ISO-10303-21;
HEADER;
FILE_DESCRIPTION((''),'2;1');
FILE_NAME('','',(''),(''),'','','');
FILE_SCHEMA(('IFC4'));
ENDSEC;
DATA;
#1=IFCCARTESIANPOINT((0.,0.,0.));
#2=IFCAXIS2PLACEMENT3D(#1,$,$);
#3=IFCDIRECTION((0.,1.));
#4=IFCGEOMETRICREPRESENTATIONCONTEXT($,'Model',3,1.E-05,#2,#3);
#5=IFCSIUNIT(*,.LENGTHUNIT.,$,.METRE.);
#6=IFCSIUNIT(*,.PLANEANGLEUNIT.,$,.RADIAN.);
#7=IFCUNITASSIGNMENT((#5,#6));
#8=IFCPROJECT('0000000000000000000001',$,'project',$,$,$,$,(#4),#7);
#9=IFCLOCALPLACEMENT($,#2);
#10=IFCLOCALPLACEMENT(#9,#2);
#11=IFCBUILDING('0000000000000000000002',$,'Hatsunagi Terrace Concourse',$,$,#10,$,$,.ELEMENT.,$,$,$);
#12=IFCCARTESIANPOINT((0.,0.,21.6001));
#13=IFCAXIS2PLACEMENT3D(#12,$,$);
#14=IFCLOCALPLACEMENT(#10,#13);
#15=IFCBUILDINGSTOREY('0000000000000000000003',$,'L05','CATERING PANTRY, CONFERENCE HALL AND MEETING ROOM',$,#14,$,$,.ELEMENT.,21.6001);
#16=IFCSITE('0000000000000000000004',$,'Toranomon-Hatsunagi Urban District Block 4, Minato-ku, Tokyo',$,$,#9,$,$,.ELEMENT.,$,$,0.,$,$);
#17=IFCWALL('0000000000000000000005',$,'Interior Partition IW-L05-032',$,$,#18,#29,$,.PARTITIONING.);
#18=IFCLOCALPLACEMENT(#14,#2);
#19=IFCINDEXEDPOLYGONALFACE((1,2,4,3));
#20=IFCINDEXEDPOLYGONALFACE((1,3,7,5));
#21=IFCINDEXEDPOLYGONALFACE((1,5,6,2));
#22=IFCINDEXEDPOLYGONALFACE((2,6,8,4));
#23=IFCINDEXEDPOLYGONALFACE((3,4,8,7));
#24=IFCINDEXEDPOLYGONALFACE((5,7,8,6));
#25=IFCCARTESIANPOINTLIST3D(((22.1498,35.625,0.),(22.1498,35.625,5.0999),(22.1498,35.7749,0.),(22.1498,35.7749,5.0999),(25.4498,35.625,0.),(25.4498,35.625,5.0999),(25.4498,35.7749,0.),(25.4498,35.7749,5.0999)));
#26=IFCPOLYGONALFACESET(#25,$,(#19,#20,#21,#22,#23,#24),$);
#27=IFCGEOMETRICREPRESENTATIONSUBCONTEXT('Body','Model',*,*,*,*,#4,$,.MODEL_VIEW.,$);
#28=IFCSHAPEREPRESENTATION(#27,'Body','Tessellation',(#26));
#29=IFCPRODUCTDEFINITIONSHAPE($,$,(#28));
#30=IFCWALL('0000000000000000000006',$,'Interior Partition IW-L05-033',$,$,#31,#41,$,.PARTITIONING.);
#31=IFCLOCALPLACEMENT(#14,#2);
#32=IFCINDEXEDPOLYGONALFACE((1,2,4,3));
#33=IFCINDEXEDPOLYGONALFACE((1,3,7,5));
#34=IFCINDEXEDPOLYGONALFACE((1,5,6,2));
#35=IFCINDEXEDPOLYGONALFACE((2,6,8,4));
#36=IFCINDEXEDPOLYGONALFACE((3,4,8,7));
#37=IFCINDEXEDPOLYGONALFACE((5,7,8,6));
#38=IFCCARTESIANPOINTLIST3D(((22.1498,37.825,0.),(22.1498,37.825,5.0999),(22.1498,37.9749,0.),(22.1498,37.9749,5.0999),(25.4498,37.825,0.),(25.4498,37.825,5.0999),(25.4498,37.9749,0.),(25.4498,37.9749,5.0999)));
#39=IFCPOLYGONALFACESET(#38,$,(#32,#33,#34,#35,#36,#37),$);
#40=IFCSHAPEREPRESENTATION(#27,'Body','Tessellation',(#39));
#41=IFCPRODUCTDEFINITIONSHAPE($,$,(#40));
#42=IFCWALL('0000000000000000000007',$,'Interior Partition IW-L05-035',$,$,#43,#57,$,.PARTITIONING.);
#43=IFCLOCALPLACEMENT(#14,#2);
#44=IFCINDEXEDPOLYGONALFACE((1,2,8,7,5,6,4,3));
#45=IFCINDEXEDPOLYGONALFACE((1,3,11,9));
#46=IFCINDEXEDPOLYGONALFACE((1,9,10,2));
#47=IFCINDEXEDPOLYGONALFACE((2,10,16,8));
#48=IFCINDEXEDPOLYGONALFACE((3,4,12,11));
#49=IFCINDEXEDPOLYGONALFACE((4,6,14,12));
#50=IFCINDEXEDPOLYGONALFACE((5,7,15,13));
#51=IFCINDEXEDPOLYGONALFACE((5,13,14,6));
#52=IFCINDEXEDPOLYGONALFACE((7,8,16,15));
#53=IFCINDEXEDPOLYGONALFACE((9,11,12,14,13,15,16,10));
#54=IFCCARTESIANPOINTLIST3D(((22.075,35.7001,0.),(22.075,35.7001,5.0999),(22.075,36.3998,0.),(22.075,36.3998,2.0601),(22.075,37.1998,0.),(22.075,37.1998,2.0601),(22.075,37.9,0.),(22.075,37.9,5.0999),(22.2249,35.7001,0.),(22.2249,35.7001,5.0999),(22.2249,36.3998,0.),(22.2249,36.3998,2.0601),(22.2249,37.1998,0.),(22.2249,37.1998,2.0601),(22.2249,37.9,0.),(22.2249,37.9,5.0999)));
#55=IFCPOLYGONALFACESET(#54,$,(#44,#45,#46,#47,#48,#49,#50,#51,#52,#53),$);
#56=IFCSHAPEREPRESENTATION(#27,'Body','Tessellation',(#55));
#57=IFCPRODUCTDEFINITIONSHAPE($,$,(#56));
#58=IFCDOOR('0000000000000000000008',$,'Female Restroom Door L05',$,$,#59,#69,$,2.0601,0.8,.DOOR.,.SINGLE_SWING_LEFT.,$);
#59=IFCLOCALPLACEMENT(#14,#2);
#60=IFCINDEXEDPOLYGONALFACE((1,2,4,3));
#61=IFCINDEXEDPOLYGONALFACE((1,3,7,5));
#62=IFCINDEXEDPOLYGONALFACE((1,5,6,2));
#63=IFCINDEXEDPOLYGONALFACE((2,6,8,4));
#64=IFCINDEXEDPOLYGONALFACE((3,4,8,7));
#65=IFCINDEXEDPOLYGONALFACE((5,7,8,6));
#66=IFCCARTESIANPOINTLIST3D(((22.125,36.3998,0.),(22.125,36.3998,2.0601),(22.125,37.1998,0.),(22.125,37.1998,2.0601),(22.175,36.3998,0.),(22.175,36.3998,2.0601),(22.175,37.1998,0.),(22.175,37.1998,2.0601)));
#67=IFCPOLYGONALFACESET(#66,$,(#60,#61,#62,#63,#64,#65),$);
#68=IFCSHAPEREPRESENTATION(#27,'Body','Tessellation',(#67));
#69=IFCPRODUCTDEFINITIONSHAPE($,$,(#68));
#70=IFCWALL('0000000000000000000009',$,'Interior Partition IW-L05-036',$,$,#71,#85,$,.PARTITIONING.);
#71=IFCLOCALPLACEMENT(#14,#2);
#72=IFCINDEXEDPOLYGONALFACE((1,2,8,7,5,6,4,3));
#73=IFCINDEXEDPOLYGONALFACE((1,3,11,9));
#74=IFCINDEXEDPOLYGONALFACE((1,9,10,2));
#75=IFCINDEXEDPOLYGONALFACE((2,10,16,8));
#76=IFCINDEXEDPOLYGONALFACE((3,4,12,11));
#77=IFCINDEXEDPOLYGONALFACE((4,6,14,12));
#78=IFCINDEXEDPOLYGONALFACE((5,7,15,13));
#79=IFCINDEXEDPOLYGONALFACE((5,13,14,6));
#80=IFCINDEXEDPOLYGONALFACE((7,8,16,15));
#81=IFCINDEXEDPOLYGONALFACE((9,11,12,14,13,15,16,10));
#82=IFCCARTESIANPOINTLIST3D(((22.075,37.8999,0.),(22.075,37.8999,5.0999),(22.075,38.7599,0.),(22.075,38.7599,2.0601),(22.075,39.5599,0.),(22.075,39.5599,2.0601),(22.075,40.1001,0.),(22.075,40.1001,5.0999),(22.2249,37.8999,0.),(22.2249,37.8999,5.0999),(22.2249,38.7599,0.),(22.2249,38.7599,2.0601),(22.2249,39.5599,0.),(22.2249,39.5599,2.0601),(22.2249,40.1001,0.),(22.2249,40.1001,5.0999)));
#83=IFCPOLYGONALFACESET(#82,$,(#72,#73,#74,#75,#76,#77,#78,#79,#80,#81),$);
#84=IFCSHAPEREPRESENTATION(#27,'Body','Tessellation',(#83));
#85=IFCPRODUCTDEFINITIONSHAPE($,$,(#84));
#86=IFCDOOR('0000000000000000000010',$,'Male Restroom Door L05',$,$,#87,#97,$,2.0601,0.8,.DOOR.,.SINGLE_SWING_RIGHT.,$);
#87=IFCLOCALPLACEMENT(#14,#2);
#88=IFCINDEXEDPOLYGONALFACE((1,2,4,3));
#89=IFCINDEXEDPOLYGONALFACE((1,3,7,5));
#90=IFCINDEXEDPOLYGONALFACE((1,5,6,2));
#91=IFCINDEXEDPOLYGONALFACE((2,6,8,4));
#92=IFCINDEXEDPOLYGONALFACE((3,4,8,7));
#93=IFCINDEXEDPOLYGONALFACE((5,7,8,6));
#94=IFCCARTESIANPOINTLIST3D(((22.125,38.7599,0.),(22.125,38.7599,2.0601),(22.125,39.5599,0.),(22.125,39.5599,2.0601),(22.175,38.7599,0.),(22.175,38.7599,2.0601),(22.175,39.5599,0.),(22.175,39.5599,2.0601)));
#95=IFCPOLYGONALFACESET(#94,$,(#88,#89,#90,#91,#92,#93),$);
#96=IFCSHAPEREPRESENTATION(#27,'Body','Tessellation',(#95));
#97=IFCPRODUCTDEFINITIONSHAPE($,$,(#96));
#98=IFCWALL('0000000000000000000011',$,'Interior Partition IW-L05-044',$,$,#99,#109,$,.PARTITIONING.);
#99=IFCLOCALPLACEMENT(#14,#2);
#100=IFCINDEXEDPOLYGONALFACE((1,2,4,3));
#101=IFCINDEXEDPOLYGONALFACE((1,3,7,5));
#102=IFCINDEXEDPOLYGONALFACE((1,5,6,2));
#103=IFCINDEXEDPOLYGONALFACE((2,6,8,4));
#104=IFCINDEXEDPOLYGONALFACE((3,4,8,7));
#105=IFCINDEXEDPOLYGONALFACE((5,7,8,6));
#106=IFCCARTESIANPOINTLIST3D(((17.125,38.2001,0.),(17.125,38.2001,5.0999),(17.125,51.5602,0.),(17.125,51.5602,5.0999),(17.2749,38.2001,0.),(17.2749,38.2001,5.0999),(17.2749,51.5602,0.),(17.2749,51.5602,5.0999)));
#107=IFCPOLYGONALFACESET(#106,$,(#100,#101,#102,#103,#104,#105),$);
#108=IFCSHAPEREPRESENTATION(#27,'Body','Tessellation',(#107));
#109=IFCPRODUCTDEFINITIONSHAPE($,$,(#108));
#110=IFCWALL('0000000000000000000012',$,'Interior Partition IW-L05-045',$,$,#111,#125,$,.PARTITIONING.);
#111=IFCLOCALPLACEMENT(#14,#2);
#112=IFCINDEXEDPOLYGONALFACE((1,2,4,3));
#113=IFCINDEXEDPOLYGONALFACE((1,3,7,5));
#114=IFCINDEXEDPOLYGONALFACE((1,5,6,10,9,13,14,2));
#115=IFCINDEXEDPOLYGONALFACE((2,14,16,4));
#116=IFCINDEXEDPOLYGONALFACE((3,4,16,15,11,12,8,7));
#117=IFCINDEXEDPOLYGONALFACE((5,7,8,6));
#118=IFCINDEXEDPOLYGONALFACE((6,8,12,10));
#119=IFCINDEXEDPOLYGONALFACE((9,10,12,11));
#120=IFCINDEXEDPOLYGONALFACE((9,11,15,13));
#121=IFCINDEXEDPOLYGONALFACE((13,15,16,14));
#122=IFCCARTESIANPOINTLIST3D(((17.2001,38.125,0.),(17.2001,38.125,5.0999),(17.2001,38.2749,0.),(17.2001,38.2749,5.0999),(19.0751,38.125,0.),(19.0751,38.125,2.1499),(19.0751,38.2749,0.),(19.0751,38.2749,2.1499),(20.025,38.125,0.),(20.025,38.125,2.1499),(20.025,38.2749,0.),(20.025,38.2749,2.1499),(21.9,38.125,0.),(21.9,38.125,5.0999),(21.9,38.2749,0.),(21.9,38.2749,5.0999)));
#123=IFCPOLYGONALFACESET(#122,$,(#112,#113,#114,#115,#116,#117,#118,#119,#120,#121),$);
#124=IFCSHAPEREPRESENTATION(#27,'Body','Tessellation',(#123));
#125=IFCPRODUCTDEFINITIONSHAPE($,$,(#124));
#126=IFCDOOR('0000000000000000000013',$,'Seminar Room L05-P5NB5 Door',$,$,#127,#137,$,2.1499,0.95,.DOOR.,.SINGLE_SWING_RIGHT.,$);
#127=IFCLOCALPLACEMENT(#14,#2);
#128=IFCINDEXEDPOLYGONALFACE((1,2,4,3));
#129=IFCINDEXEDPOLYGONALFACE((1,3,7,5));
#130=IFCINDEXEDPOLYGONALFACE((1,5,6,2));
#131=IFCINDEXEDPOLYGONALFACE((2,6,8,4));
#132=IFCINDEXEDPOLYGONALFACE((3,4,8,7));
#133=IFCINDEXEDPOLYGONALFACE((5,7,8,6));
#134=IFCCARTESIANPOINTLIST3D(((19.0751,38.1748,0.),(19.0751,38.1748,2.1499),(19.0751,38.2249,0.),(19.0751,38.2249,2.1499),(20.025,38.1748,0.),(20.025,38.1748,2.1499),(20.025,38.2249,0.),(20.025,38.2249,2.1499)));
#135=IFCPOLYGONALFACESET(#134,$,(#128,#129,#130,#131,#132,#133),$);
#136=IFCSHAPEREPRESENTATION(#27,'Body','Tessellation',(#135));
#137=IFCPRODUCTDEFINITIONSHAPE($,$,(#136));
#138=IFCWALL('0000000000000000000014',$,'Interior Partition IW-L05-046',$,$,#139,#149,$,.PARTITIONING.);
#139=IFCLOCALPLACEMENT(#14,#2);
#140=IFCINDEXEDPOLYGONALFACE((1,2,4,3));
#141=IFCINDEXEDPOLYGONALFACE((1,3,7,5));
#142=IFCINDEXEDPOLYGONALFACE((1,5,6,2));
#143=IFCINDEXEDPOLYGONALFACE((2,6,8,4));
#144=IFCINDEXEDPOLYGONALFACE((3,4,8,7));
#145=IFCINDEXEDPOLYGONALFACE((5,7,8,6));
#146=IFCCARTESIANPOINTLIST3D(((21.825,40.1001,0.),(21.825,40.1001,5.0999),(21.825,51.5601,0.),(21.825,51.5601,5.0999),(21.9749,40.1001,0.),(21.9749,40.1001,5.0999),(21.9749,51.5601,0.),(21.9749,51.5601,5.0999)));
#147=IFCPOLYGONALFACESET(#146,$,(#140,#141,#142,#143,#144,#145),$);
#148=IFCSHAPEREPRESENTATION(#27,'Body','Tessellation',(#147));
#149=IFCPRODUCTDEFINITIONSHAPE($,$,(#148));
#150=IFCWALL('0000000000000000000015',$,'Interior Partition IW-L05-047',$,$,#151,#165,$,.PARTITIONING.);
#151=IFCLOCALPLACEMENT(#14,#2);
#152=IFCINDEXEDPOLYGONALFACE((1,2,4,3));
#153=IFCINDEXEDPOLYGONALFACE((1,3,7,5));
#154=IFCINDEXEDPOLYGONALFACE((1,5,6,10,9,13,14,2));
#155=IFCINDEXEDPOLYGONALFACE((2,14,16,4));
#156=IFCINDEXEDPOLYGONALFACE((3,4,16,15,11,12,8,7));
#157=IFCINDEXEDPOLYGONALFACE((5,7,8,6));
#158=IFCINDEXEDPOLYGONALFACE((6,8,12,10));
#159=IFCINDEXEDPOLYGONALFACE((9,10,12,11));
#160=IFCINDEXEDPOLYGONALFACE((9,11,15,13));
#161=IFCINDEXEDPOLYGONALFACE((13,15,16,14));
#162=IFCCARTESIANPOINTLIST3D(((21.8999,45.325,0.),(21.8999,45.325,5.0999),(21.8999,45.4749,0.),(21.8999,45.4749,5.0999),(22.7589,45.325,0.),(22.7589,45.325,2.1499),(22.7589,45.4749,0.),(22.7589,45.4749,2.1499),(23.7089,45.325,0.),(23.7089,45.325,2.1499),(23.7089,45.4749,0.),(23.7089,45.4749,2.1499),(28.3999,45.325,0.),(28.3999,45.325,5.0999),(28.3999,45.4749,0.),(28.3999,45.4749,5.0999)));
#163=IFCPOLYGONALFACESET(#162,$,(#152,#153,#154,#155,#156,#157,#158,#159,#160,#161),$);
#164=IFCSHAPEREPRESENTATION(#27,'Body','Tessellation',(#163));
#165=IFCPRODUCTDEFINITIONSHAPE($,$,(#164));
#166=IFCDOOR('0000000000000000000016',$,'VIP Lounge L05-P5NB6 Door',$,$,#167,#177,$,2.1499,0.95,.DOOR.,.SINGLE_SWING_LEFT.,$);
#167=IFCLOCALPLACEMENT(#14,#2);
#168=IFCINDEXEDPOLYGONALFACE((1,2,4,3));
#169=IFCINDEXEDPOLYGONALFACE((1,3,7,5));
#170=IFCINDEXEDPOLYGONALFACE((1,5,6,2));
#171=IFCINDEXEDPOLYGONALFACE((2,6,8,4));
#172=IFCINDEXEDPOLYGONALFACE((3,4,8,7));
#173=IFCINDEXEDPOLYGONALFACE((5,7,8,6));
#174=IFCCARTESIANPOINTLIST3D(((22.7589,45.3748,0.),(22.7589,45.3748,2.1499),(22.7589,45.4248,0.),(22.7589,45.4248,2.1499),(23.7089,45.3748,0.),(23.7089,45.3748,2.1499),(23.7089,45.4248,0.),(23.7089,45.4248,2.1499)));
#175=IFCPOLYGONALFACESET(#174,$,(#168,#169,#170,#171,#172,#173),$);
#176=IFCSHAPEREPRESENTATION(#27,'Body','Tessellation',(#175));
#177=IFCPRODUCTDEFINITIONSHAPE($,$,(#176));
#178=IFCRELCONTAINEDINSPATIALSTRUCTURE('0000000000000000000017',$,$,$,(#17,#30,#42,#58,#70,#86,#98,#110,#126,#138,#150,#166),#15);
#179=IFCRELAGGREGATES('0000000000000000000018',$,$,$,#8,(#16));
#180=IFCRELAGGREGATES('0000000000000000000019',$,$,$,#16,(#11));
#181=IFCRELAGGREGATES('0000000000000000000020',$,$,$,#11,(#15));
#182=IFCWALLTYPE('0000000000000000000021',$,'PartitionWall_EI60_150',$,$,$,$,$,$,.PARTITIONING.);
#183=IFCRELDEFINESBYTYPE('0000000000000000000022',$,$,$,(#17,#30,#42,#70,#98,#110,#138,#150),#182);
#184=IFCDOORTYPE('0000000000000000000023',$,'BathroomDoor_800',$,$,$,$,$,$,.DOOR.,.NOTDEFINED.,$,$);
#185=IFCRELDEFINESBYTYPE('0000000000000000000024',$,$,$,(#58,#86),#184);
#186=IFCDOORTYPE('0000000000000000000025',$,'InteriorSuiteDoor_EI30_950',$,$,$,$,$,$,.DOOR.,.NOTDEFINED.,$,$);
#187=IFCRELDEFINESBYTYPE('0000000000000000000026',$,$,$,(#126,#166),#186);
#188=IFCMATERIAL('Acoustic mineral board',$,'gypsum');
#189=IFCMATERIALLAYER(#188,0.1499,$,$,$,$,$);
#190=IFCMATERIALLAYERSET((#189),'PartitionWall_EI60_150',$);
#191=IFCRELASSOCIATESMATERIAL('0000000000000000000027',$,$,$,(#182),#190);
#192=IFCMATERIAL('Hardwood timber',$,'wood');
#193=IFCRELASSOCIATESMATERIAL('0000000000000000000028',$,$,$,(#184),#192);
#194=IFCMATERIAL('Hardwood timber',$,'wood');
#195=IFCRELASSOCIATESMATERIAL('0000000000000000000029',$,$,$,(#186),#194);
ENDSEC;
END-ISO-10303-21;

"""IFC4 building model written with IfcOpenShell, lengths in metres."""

from ifc_helpers import new_model, si_unit, direction, frame, frame_2d, origin, place, context, subcontext, project, spatial, rectangle, extrude, material, layer, layer_set, type_object, element, fill, save


model = new_model("IFC4")

# Units and contexts
model_context = context("Model", 3, precision=1e-05, world=origin(), true_north=direction((0.0, 1.0)))
body_context = subcontext(model_context, "Body", "Model", "MODEL_VIEW")
ifc_project = project(units=[si_unit("LENGTHUNIT", "METRE"), si_unit("PLANEANGLEUNIT", "RADIAN")], contexts=[model_context])

# Site, building, storey
site_placement = place(None, origin())
site = spatial("IfcSite", under=ifc_project, at=site_placement, Name="Toranomon-Hatsunagi Urban District Block 4, Minato-ku, Tokyo", CompositionType="ELEMENT", RefElevation=0.0)
building_placement = place(site_placement, origin())
building = spatial("IfcBuilding", under=site, at=building_placement, Name="Hatsunagi Terrace Concourse", CompositionType="ELEMENT")
storey_placement = place(building_placement, frame((0.0, 0.0, 21.6001)))
storey = spatial("IfcBuildingStorey", under=building, at=storey_placement, Name="L05", Description="CATERING PANTRY, CONFERENCE HALL AND MEETING ROOM", CompositionType="ELEMENT", Elevation=21.6001)

# Walls
ifc_material_1 = material(Name="Acoustic mineral board", Category="gypsum")
ifc_layer_1 = layer(ifc_material_1, 0.1499)
ifc_layer_set_1 = layer_set([ifc_layer_1], Name="PartitionWall_EI60_150")
wall_type_1 = type_object("IfcWallType", Name="PartitionWall_EI60_150", PredefinedType="PARTITIONING", material=ifc_layer_set_1)
for number, where, z_axis, x_axis, name in (
    (1, (22.1499, 35.7, 0.0), (0.0, 0.0, 1.0), (1.0, 0.0, 0.0), "Interior Partition IW-L05-032"),
    (2, (22.1499, 37.8999, 0.0), (0.0, 0.0, 1.0), (1.0, 0.0, 0.0), "Interior Partition IW-L05-033"),
):
    element("IfcWall", number, at=place(storey_placement, frame(where, z_axis=z_axis, x_axis=x_axis)), inside=storey, type_object=wall_type_1, Name=name, PredefinedType="PARTITIONING", context=body_context, shape_type="SweptSolid", body=[
        extrude(rectangle(XDim=3.3, YDim=0.1499, at=frame_2d((1.6499, 0.0))), origin(), (0.0, 0.0, 1.0), 5.0999),
    ])

# Walls, openings, doors
wall_1_placement = place(storey_placement, frame((22.1499, 35.7, 0.0), z_axis=(0.0, 0.0, 1.0), x_axis=(0.0, 1.0, 0.0)))
wall_1 = element("IfcWall", 3, at=wall_1_placement, inside=storey, type_object=wall_type_1, Name="Interior Partition IW-L05-035", PredefinedType="PARTITIONING", context=body_context, shape_type="SweptSolid", body=[
    extrude(rectangle(XDim=2.2, YDim=0.1499, at=frame_2d((1.1001, 0.0))), origin(), (0.0, 0.0, 1.0), 5.0999),
])
opening_1_placement = place(wall_1_placement, frame((0.7, 0.0, 0.0)))
opening_1 = element("IfcOpeningElement", 4, at=opening_1_placement, cuts=wall_1, PredefinedType="OPENING", context=body_context, shape_type="SweptSolid", body=[
    extrude(rectangle(XDim=0.8, YDim=2.0601, at=frame_2d((0.3999, 1.03))), frame((0.0, 0.085, 0.0), z_axis=(0.0, -1.0, 0.0), x_axis=(1.0, 0.0, 0.0)), (0.0, 0.0, 1.0), 0.1699),
])
ifc_material_2 = material(Name="Hardwood timber", Category="wood")
door_type_1 = type_object("IfcDoorType", Name="BathroomDoor_800", OperationType="NOTDEFINED", PredefinedType="DOOR", material=ifc_material_2)
door_1_placement = place(opening_1_placement, origin())
door_1 = element("IfcDoor", 5, at=door_1_placement, inside=storey, type_object=door_type_1, Name="Female Restroom Door L05", OperationType="SINGLE_SWING_LEFT", OverallHeight=2.0601, OverallWidth=0.8, PredefinedType="DOOR", context=body_context, shape_type="SweptSolid", body=[
    extrude(rectangle(XDim=0.8, YDim=2.0601, at=frame_2d((0.3999, 1.03))), frame((0.0, 0.0249, 0.0), z_axis=(0.0, -1.0, 0.0), x_axis=(1.0, 0.0, 0.0)), (0.0, 0.0, 1.0), 0.05),
])
fill(opening_1, door_1)
wall_2_placement = place(storey_placement, frame((22.1499, 37.8999, 0.0), z_axis=(0.0, 0.0, 1.0), x_axis=(0.0, 1.0, 0.0)))
wall_2 = element("IfcWall", 6, at=wall_2_placement, inside=storey, type_object=wall_type_1, Name="Interior Partition IW-L05-036", PredefinedType="PARTITIONING", context=body_context, shape_type="SweptSolid", body=[
    extrude(rectangle(XDim=2.2002, YDim=0.1499, at=frame_2d((1.1001, 0.0))), origin(), (0.0, 0.0, 1.0), 5.0999),
])
opening_2_placement = place(wall_2_placement, frame((0.8601, 0.0, 0.0)))
opening_2 = element("IfcOpeningElement", 7, at=opening_2_placement, cuts=wall_2, PredefinedType="OPENING", context=body_context, shape_type="SweptSolid", body=[
    extrude(rectangle(XDim=0.8, YDim=2.0601, at=frame_2d((0.3999, 1.03))), frame((0.0, 0.085, 0.0), z_axis=(0.0, -1.0, 0.0), x_axis=(1.0, 0.0, 0.0)), (0.0, 0.0, 1.0), 0.1699),
])
door_2_placement = place(opening_2_placement, origin())
door_2 = element("IfcDoor", 8, at=door_2_placement, inside=storey, type_object=door_type_1, Name="Male Restroom Door L05", OperationType="SINGLE_SWING_RIGHT", OverallHeight=2.0601, OverallWidth=0.8, PredefinedType="DOOR", context=body_context, shape_type="SweptSolid", body=[
    extrude(rectangle(XDim=0.8, YDim=2.0601, at=frame_2d((0.3999, 1.03))), frame((0.0, 0.0249, 0.0), z_axis=(0.0, -1.0, 0.0), x_axis=(1.0, 0.0, 0.0)), (0.0, 0.0, 1.0), 0.05),
])
fill(opening_2, door_2)

# Wall
wall_3_placement = place(storey_placement, frame((17.2, 38.2, 0.0), z_axis=(0.0, 0.0, 1.0), x_axis=(0.0, 1.0, 0.0)))
element("IfcWall", 9, at=wall_3_placement, inside=storey, type_object=wall_type_1, Name="Interior Partition IW-L05-044", PredefinedType="PARTITIONING", context=body_context, shape_type="SweptSolid", body=[
    extrude(rectangle(XDim=13.3601, YDim=0.1499, at=frame_2d((6.6802, 0.0))), origin(), (0.0, 0.0, 1.0), 5.0999),
])

# Wall, opening, door
wall_4_placement = place(storey_placement, frame((17.2, 38.2, 0.0), z_axis=(0.0, 0.0, 1.0), x_axis=(1.0, 0.0, 0.0)))
wall_4 = element("IfcWall", 10, at=wall_4_placement, inside=storey, type_object=wall_type_1, Name="Interior Partition IW-L05-045", PredefinedType="PARTITIONING", context=body_context, shape_type="SweptSolid", body=[
    extrude(rectangle(XDim=4.7, YDim=0.1499, at=frame_2d((2.3501, 0.0))), origin(), (0.0, 0.0, 1.0), 5.0999),
])
opening_3_placement = place(wall_4_placement, frame((1.875, 0.0, 0.0)))
opening_3 = element("IfcOpeningElement", 11, at=opening_3_placement, cuts=wall_4, PredefinedType="OPENING", context=body_context, shape_type="SweptSolid", body=[
    extrude(rectangle(XDim=0.95, YDim=2.1499, at=frame_2d((0.4751, 1.075))), frame((0.0, 0.085, 0.0), z_axis=(0.0, -1.0, 0.0), x_axis=(1.0, 0.0, 0.0)), (0.0, 0.0, 1.0), 0.1699),
])
ifc_material_3 = material(Name="Hardwood timber", Category="wood")
door_type_2 = type_object("IfcDoorType", Name="InteriorSuiteDoor_EI30_950", OperationType="NOTDEFINED", PredefinedType="DOOR", material=ifc_material_3)
door_3_placement = place(opening_3_placement, origin())
door_3 = element("IfcDoor", 12, at=door_3_placement, inside=storey, type_object=door_type_2, Name="Seminar Room L05-P5NB5 Door", OperationType="SINGLE_SWING_RIGHT", OverallHeight=2.1499, OverallWidth=0.95, PredefinedType="DOOR", context=body_context, shape_type="SweptSolid", body=[
    extrude(rectangle(XDim=0.95, YDim=2.1499, at=frame_2d((0.4751, 1.075))), frame((0.0, 0.0249, 0.0), z_axis=(0.0, -1.0, 0.0), x_axis=(1.0, 0.0, 0.0)), (0.0, 0.0, 1.0), 0.05),
])
fill(opening_3, door_3)

# Wall
wall_5_placement = place(storey_placement, frame((21.8999, 40.1001, 0.0), z_axis=(0.0, 0.0, 1.0), x_axis=(0.0, 1.0, 0.0)))
element("IfcWall", 13, at=wall_5_placement, inside=storey, type_object=wall_type_1, Name="Interior Partition IW-L05-046", PredefinedType="PARTITIONING", context=body_context, shape_type="SweptSolid", body=[
    extrude(rectangle(XDim=11.46, YDim=0.1499, at=frame_2d((5.73, 0.0))), origin(), (0.0, 0.0, 1.0), 5.0999),
])

# Wall, opening, door
wall_6_placement = place(storey_placement, frame((21.8999, 45.3999, 0.0), z_axis=(0.0, 0.0, 1.0), x_axis=(1.0, 0.0, 0.0)))
wall_6 = element("IfcWall", 14, at=wall_6_placement, inside=storey, type_object=wall_type_1, Name="Interior Partition IW-L05-047", PredefinedType="PARTITIONING", context=body_context, shape_type="SweptSolid", body=[
    extrude(rectangle(XDim=6.5, YDim=0.1499, at=frame_2d((3.25, 0.0))), origin(), (0.0, 0.0, 1.0), 5.0999),
])
opening_4_placement = place(wall_6_placement, frame((0.8589, 0.0, 0.0)))
opening_4 = element("IfcOpeningElement", 15, at=opening_4_placement, cuts=wall_6, PredefinedType="OPENING", context=body_context, shape_type="SweptSolid", body=[
    extrude(rectangle(XDim=0.95, YDim=2.1499, at=frame_2d((0.4751, 1.075))), frame((0.0, 0.085, 0.0), z_axis=(0.0, -1.0, 0.0), x_axis=(1.0, 0.0, 0.0)), (0.0, 0.0, 1.0), 0.1699),
])
door_4_placement = place(opening_4_placement, origin())
door_4 = element("IfcDoor", 16, at=door_4_placement, inside=storey, type_object=door_type_2, Name="VIP Lounge L05-P5NB6 Door", OperationType="SINGLE_SWING_LEFT", OverallHeight=2.1499, OverallWidth=0.95, PredefinedType="DOOR", context=body_context, shape_type="SweptSolid", body=[
    extrude(rectangle(XDim=0.95, YDim=2.1499, at=frame_2d((0.4751, 1.075))), frame((0.0, 0.0249, 0.0), z_axis=(0.0, -1.0, 0.0), x_axis=(1.0, 0.0, 0.0)), (0.0, 0.0, 1.0), 0.05),
])
fill(opening_4, door_4)

save(model, "model.ifc")
